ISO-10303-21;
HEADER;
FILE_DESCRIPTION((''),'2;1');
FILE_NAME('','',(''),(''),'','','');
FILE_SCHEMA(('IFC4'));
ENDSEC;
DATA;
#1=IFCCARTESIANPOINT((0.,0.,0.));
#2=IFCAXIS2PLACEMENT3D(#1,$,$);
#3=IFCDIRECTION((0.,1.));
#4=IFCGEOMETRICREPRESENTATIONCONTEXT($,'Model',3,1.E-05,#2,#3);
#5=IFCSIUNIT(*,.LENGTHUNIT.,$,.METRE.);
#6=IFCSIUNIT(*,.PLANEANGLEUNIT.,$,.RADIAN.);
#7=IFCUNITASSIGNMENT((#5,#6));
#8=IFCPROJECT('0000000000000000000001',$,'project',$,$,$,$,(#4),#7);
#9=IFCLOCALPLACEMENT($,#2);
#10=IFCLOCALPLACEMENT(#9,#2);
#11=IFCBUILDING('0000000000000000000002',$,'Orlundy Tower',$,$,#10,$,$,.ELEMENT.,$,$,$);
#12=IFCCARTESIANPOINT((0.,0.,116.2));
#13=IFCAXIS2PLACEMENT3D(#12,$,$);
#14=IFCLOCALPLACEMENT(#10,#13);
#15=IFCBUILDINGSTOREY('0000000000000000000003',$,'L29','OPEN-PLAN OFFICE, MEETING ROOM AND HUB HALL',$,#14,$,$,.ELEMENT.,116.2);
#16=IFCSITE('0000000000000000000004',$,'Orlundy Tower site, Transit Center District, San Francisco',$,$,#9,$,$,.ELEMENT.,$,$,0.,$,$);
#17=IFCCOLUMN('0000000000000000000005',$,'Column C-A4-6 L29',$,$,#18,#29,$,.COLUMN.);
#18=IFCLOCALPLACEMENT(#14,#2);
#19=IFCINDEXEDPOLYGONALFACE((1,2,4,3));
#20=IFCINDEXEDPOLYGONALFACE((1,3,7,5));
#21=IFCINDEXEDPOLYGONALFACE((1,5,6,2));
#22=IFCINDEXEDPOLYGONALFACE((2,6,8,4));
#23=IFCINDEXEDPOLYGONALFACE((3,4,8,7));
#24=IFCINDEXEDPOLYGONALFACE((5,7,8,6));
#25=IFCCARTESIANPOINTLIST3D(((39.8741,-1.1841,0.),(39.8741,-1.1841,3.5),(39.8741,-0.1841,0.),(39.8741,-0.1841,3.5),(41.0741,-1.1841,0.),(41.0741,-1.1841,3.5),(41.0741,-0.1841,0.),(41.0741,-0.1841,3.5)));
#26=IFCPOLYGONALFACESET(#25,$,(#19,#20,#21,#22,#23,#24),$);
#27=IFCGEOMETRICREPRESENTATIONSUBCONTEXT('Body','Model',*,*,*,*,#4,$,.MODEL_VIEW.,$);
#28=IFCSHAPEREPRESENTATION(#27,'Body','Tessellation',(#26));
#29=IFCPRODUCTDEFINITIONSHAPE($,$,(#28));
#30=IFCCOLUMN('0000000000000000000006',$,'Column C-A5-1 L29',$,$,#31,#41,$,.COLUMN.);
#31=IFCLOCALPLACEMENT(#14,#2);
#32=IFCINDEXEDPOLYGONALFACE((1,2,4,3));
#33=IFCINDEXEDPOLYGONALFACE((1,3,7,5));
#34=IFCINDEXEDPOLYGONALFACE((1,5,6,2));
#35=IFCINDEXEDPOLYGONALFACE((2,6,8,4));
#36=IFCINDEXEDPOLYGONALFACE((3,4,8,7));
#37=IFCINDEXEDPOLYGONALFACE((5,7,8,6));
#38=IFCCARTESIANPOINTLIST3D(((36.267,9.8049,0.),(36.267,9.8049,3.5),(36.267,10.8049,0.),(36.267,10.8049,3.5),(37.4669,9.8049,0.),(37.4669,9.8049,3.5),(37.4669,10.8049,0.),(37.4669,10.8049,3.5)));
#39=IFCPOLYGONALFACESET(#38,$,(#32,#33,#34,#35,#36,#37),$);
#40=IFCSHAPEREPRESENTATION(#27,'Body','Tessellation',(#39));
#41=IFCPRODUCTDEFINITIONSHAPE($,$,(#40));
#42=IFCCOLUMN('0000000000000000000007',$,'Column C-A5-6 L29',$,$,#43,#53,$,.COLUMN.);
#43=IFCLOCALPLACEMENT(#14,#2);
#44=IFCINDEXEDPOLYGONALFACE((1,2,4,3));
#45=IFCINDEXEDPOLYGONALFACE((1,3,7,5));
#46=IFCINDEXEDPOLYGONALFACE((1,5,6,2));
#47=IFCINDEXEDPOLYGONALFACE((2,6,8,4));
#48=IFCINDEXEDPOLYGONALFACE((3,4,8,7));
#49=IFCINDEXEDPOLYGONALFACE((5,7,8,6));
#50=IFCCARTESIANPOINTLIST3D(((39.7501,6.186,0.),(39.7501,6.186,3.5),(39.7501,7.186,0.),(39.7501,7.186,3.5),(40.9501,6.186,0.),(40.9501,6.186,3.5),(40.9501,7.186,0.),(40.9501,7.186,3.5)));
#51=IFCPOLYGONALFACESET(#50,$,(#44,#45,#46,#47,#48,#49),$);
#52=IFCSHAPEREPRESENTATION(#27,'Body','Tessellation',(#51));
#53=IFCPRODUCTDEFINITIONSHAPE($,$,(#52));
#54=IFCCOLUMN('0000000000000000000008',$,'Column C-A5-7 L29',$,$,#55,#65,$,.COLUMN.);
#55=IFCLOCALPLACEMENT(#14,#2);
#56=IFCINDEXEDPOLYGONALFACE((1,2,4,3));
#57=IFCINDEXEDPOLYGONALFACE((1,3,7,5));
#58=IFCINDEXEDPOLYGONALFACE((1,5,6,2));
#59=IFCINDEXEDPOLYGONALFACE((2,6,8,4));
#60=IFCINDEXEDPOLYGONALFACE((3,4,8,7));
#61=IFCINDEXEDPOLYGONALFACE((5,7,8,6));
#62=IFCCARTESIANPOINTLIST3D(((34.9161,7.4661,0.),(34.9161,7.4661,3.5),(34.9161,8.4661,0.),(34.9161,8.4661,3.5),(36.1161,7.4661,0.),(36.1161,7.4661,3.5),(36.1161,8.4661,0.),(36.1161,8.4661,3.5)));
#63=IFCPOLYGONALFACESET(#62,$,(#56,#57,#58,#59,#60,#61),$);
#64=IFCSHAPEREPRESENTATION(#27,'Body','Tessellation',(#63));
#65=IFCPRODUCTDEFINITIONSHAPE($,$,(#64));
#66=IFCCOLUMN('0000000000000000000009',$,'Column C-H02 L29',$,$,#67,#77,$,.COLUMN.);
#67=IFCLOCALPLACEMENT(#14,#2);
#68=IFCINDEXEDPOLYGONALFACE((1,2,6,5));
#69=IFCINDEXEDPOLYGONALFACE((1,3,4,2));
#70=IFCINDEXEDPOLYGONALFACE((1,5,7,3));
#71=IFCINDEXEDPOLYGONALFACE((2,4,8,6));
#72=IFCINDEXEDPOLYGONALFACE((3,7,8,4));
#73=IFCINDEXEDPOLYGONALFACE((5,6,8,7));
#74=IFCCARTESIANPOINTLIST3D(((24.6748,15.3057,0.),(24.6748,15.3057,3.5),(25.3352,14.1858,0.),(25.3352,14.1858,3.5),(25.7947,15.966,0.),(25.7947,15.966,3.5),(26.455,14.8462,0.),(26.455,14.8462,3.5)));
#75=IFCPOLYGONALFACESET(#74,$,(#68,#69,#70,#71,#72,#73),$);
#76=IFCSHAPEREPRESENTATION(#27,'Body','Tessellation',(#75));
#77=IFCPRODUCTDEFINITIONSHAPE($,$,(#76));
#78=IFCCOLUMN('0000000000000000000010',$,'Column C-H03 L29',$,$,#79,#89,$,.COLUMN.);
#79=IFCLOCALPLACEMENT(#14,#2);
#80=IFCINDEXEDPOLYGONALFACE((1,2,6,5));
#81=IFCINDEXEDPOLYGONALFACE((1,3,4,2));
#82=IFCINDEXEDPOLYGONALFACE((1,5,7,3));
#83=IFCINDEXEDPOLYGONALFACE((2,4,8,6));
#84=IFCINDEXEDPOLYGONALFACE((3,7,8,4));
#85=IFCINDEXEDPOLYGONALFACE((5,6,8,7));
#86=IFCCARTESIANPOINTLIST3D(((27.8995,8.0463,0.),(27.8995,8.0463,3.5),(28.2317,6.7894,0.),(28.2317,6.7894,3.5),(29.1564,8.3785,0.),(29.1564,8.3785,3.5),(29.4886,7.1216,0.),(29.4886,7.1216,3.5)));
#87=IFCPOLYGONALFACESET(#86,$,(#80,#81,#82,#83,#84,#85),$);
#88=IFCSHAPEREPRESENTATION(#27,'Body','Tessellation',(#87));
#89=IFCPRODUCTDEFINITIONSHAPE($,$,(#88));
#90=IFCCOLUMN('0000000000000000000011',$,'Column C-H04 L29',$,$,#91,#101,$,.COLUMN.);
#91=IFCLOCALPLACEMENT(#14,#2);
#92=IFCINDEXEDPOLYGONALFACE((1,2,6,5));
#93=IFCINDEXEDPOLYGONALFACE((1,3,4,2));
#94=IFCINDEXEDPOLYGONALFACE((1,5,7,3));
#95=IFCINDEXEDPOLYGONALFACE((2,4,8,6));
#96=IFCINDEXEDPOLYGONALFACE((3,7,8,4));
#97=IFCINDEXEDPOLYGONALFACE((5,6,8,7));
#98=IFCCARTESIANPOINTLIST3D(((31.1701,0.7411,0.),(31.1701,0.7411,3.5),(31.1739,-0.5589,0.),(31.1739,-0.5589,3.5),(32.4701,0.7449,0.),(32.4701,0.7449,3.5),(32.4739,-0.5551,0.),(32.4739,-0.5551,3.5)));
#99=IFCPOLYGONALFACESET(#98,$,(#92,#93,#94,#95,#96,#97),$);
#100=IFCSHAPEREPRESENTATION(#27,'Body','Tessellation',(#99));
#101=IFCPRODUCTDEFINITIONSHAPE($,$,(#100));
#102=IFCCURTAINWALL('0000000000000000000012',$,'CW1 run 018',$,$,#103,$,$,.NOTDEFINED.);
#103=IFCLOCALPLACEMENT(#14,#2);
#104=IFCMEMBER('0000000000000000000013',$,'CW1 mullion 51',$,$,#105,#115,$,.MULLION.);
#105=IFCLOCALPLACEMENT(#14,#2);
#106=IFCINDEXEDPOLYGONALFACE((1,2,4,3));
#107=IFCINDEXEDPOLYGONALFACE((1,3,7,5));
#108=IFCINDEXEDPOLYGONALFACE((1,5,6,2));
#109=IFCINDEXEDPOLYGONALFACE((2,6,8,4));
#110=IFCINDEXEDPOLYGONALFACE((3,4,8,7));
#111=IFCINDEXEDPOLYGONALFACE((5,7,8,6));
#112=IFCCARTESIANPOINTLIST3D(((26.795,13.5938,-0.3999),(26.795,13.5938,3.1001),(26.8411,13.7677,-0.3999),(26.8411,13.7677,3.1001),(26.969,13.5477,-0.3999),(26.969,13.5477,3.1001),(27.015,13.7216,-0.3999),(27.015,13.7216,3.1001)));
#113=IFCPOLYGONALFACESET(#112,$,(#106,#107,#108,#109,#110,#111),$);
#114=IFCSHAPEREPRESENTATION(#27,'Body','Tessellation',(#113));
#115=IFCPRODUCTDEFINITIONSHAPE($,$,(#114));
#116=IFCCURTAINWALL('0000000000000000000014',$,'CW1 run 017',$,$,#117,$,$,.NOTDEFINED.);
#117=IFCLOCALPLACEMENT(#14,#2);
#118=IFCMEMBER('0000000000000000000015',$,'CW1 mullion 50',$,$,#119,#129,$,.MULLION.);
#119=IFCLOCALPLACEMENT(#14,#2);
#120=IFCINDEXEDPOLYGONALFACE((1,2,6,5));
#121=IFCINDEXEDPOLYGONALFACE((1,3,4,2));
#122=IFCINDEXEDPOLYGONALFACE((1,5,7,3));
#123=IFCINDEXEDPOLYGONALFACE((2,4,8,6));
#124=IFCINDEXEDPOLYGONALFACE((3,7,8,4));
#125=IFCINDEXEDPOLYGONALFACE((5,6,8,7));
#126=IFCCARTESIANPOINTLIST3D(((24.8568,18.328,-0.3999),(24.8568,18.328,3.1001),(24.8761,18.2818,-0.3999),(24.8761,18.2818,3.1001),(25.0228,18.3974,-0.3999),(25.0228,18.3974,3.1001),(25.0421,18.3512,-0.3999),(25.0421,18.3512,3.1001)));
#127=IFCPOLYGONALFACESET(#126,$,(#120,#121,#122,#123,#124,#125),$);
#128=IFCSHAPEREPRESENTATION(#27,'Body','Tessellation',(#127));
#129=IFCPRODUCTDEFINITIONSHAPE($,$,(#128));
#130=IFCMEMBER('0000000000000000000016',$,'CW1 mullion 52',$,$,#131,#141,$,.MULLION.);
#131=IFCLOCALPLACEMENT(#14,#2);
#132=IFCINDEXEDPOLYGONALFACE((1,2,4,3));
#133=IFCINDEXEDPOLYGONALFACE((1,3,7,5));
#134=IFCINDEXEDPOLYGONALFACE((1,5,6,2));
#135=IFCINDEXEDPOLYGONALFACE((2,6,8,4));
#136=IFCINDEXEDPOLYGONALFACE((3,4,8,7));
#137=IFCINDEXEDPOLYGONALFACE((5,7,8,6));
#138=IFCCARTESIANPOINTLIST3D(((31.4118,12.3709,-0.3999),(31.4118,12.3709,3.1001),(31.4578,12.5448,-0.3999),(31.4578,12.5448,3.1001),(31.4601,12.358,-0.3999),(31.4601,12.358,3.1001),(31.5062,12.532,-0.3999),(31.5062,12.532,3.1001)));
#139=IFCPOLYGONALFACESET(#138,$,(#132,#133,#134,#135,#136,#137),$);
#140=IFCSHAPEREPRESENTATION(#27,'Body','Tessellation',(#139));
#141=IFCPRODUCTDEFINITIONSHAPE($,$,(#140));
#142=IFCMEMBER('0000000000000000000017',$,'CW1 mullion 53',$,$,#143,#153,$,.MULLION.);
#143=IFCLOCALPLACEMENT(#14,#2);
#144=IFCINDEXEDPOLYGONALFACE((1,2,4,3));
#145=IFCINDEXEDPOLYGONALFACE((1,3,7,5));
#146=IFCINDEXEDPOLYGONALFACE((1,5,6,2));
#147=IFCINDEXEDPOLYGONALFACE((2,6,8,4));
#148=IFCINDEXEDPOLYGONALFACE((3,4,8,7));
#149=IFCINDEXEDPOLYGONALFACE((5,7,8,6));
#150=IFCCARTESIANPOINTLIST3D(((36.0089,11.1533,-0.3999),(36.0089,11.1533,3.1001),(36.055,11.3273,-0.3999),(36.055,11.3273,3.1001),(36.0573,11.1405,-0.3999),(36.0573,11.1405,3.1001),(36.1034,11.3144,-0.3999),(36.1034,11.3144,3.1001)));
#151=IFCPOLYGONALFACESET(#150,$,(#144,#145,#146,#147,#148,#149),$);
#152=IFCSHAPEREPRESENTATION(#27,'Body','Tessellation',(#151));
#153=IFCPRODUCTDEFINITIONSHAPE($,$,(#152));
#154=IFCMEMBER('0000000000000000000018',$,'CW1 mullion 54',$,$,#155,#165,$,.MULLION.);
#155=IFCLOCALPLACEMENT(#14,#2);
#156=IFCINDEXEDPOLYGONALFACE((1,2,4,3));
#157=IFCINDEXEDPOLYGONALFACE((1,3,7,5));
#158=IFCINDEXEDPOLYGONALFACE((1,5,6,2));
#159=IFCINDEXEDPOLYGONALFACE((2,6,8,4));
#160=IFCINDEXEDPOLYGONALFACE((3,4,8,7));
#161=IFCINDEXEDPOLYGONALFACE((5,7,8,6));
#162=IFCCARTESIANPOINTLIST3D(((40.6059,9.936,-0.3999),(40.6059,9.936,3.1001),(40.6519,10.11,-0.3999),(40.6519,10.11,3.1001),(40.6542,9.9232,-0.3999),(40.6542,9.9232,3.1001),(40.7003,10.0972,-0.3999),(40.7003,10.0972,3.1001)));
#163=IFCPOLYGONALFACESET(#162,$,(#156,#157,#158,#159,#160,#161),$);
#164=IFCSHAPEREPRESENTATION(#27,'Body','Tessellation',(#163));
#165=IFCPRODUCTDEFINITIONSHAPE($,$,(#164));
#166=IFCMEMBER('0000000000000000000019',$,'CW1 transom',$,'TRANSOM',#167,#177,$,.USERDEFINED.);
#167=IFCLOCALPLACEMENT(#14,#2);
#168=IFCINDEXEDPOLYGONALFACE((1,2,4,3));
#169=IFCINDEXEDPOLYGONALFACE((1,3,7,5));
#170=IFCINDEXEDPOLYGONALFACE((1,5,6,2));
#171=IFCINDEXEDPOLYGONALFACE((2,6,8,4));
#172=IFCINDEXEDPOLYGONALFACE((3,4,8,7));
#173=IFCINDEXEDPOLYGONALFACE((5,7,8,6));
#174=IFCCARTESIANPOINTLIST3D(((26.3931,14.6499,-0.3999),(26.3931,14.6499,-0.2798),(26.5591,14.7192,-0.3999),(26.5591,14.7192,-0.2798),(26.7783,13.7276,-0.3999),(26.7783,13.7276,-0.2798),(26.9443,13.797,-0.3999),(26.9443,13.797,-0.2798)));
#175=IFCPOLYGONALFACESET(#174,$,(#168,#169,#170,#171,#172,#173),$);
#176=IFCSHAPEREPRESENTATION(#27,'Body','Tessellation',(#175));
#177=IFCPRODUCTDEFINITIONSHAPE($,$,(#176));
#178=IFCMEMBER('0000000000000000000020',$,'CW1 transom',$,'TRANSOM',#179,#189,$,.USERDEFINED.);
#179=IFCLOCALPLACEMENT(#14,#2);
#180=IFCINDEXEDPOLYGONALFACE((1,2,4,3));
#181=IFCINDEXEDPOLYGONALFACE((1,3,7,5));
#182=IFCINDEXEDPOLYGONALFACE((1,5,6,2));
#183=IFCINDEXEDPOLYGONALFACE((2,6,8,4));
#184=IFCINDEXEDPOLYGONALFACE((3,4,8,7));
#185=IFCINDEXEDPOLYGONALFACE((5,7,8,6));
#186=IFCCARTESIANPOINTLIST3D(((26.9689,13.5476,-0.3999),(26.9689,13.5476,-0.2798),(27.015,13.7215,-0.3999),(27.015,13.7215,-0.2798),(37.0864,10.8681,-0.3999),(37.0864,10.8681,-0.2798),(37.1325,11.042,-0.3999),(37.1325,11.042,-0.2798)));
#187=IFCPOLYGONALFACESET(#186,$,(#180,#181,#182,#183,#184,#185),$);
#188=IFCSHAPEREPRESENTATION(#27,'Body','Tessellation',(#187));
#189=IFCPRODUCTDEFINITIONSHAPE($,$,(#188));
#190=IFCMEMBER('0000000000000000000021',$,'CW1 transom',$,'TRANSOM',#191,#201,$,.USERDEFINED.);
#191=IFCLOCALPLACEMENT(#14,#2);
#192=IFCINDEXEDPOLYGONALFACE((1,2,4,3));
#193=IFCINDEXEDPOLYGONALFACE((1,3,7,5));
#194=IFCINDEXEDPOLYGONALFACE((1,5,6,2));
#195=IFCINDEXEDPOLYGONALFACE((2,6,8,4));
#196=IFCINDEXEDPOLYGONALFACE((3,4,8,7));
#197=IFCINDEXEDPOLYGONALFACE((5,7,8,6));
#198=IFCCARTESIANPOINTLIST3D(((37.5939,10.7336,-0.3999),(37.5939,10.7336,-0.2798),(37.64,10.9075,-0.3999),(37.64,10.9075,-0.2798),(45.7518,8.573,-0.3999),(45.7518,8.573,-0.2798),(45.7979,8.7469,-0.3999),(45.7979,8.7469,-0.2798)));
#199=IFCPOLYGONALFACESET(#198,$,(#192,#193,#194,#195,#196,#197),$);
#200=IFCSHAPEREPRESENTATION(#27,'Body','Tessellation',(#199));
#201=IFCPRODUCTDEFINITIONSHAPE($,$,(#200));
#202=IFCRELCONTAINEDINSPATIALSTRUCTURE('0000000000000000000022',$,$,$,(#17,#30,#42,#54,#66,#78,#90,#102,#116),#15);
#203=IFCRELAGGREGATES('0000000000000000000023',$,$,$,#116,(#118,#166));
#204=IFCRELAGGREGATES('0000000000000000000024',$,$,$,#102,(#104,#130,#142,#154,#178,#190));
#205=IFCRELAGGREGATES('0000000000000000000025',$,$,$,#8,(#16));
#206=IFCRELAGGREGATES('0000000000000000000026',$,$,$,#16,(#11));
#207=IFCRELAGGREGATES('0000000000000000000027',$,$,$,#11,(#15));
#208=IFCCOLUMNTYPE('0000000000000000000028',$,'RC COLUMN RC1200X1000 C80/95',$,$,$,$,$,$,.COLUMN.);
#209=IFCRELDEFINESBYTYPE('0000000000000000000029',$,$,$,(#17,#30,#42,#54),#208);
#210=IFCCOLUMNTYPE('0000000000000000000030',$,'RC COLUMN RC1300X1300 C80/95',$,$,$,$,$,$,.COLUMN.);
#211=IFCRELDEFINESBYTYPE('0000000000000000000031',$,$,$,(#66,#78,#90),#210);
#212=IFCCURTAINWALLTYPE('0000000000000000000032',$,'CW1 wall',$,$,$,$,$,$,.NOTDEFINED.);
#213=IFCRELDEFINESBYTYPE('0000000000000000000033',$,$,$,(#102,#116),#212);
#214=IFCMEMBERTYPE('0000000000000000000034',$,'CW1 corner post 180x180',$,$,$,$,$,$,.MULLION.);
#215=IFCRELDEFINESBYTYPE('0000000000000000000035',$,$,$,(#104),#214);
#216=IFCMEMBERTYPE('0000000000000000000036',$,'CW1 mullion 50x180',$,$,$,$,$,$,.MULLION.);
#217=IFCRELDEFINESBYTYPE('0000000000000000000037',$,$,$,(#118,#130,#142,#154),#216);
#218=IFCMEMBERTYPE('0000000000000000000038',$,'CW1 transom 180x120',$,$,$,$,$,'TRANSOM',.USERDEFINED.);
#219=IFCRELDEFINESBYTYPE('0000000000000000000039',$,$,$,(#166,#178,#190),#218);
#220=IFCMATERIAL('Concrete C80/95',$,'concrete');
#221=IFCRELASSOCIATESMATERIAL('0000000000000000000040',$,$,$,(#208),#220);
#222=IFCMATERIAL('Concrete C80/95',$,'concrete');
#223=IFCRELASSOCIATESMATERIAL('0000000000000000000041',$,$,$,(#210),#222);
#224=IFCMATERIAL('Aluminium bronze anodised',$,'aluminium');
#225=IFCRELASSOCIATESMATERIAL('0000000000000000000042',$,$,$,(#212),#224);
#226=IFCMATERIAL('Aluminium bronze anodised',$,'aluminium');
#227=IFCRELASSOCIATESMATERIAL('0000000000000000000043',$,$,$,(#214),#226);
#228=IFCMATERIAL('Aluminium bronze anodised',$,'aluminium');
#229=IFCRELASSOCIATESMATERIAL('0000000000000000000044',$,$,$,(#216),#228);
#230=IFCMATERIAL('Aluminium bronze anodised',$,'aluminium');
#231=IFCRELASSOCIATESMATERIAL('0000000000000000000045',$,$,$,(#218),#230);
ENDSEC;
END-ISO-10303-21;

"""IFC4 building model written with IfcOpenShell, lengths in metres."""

from ifc_helpers import new_model, si_unit, direction, frame, origin, origin_2d, place, context, subcontext, project, spatial, rectangle, extrude, material, material_profile, profile_set, type_object, element, aggregate, save


model = new_model("IFC4")

# Units and contexts
model_context = context("Model", 3, precision=1e-05, world=origin(), true_north=direction((0.0, 1.0)))
body_context = subcontext(model_context, "Body", "Model", "MODEL_VIEW")
ifc_project = project(units=[si_unit("LENGTHUNIT", "METRE"), si_unit("PLANEANGLEUNIT", "RADIAN")], contexts=[model_context])

# Site, building, storey
site_placement = place(None, origin())
site = spatial("IfcSite", under=ifc_project, at=site_placement, Name="Orlundy Tower site, Transit Center District, San Francisco", CompositionType="ELEMENT", RefElevation=0.0)
building_placement = place(site_placement, origin())
building = spatial("IfcBuilding", under=site, at=building_placement, Name="Orlundy Tower", CompositionType="ELEMENT")
storey_placement = place(building_placement, frame((0.0, 0.0, 116.2)))
storey = spatial("IfcBuildingStorey", under=building, at=storey_placement, Name="L29", Description="OPEN-PLAN OFFICE, MEETING ROOM AND HUB HALL", CompositionType="ELEMENT", Elevation=116.2)

# Columns
ifc_material_1 = material(Name="Concrete C80/95", Category="concrete")
ifc_material_profile_1 = material_profile(ifc_material_1, rectangle(XDim=1.2, YDim=1.0, at=origin_2d()), Name="RC1200X1000")
ifc_profile_set_1 = profile_set([ifc_material_profile_1], Name="Concrete C80/95")
column_type_1 = type_object("IfcColumnType", Name="RC COLUMN RC1200X1000 C80/95", PredefinedType="COLUMN", material=ifc_profile_set_1)
for number, where, z_axis, x_axis, name in (
    (1, (40.4741, -0.6841, 0.0), (0.0, 0.0, 1.0), (1.0, 0.0, 0.0), "Column C-A4-6 L29"),
    (2, (36.8669, 10.3049, 0.0), (0.0, 0.0, 1.0), (1.0, 0.0, 0.0), "Column C-A5-1 L29"),
    (3, (40.3501, 6.686, 0.0), (0.0, 0.0, 1.0), (1.0, 0.0, 0.0), "Column C-A5-6 L29"),
    (4, (35.5161, 7.9661, 0.0), (0.0, 0.0, 1.0), (1.0, 0.0, 0.0), "Column C-A5-7 L29"),
):
    element("IfcColumn", number, at=place(storey_placement, frame(where, z_axis=z_axis, x_axis=x_axis)), inside=storey, type_object=column_type_1, Name=name, PredefinedType="COLUMN", context=body_context, shape_type="SweptSolid", body=[
        extrude(rectangle(XDim=1.2, YDim=1.0, at=origin_2d()), origin(), (0.0, 0.0, 1.0), 3.5),
    ])
ifc_material_2 = material(Name="Concrete C80/95", Category="concrete")
ifc_material_profile_2 = material_profile(ifc_material_2, rectangle(XDim=1.3, YDim=1.3, at=origin_2d()), Name="RC1300X1300")
ifc_profile_set_2 = profile_set([ifc_material_profile_2], Name="Concrete C80/95")
column_type_2 = type_object("IfcColumnType", Name="RC COLUMN RC1300X1300 C80/95", PredefinedType="COLUMN", material=ifc_profile_set_2)
for number, where, z_axis, x_axis, name in (
    (5, (25.5649, 15.0759, 0.0), (0.0, 0.0, 1.0), (0.861381, 0.507959, 0.0), "Column C-H02 L29"),
    (6, (28.6941, 7.584, 0.0), (0.0, 0.0, 1.0), (0.966801, 0.25553, 0.0), "Column C-H03 L29"),
    (7, (31.822, 0.093, 0.0), (0.0, 0.0, 1.0), (0.999996, 0.002915, 0.0), "Column C-H04 L29"),
):
    element("IfcColumn", number, at=place(storey_placement, frame(where, z_axis=z_axis, x_axis=x_axis)), inside=storey, type_object=column_type_2, Name=name, PredefinedType="COLUMN", context=body_context, shape_type="SweptSolid", body=[
        extrude(rectangle(XDim=1.3, YDim=1.3, at=origin_2d()), origin(), (0.0, 0.0, 1.0), 3.5),
    ])

# Curtain walls, members
ifc_material_3 = material(Name="Aluminium bronze anodised", Category="aluminium")
curtain_wall_type = type_object("IfcCurtainWallType", Name="CW1 wall", PredefinedType="NOTDEFINED", material=ifc_material_3)
curtain_wall_1_placement = place(storey_placement, origin())
curtain_wall_1 = element("IfcCurtainWall", 8, at=curtain_wall_1_placement, inside=storey, type_object=curtain_wall_type, Name="CW1 run 018", PredefinedType="NOTDEFINED")
ifc_material_4 = material(Name="Aluminium bronze anodised", Category="aluminium")
ifc_material_profile_3 = material_profile(ifc_material_4, rectangle(XDim=0.1799, YDim=0.1799, at=origin_2d()), Name="CW1 corner post 180x180")
ifc_profile_set_3 = profile_set([ifc_material_profile_3], Name="Aluminium bronze anodised")
member_type_1 = type_object("IfcMemberType", Name="CW1 corner post 180x180", PredefinedType="MULLION", material=ifc_profile_set_3)
member_1_placement = place(storey_placement, frame((26.905, 13.6577, -0.3999), z_axis=(0.0, 0.0, 1.0), x_axis=(0.25602, 0.966672, 0.0)))
member_1 = element("IfcMember", 9, at=member_1_placement, type_object=member_type_1, Name="CW1 mullion 51", PredefinedType="MULLION", context=body_context, shape_type="SweptSolid", body=[
    extrude(rectangle(XDim=0.1799, YDim=0.1799, at=origin_2d()), origin(), (0.0, 0.0, 1.0), 3.5),
])
curtain_wall_2_placement = place(storey_placement, origin())
curtain_wall_2 = element("IfcCurtainWall", 10, at=curtain_wall_2_placement, inside=storey, type_object=curtain_wall_type, Name="CW1 run 017", PredefinedType="NOTDEFINED")
ifc_material_5 = material(Name="Aluminium bronze anodised", Category="aluminium")
ifc_material_profile_4 = material_profile(ifc_material_5, rectangle(XDim=0.1799, YDim=0.05, at=origin_2d()), Name="CW1 mullion 50x180")
ifc_profile_set_4 = profile_set([ifc_material_profile_4], Name="Aluminium bronze anodised")
member_type_2 = type_object("IfcMemberType", Name="CW1 mullion 50x180", PredefinedType="MULLION", material=ifc_profile_set_4)
member_2_placement = place(storey_placement, frame((24.9495, 18.3396, -0.3999), z_axis=(0.0, 0.0, 1.0), x_axis=(0.922759, 0.385378, 0.0)))
member_2 = element("IfcMember", 11, at=member_2_placement, type_object=member_type_2, Name="CW1 mullion 50", PredefinedType="MULLION", context=body_context, shape_type="SweptSolid", body=[
    extrude(rectangle(XDim=0.1799, YDim=0.05, at=origin_2d()), origin(), (0.0, 0.0, 1.0), 3.5),
])

# Members
member_3_placement = place(storey_placement, frame((31.459, 12.4514, -0.3999), z_axis=(0.0, 0.0, 1.0), x_axis=(0.25602, 0.966672, 0.0)))
member_3 = element("IfcMember", 12, at=member_3_placement, type_object=member_type_2, Name="CW1 mullion 52", PredefinedType="MULLION", context=body_context, shape_type="SweptSolid", body=[
    extrude(rectangle(XDim=0.1799, YDim=0.05, at=origin_2d()), origin(), (0.0, 0.0, 1.0), 3.5),
])
member_4_placement = place(storey_placement, frame((36.0562, 11.2339, -0.3999), z_axis=(0.0, 0.0, 1.0), x_axis=(0.25602, 0.966672, 0.0)))
member_4 = element("IfcMember", 13, at=member_4_placement, type_object=member_type_2, Name="CW1 mullion 53", PredefinedType="MULLION", context=body_context, shape_type="SweptSolid", body=[
    extrude(rectangle(XDim=0.1799, YDim=0.05, at=origin_2d()), origin(), (0.0, 0.0, 1.0), 3.5),
])
member_5_placement = place(storey_placement, frame((40.6531, 10.0166, -0.3999), z_axis=(0.0, 0.0, 1.0), x_axis=(0.25602, 0.966672, 0.0)))
member_5 = element("IfcMember", 14, at=member_5_placement, type_object=member_type_2, Name="CW1 mullion 54", PredefinedType="MULLION", context=body_context, shape_type="SweptSolid", body=[
    extrude(rectangle(XDim=0.1799, YDim=0.05, at=origin_2d()), origin(), (0.0, 0.0, 1.0), 3.5),
])
ifc_material_6 = material(Name="Aluminium bronze anodised", Category="aluminium")
ifc_material_profile_5 = material_profile(ifc_material_6, rectangle(XDim=0.1799, YDim=0.1201, at=origin_2d()), Name="CW1 transom 180x120")
ifc_profile_set_5 = profile_set([ifc_material_profile_5], Name="Aluminium bronze anodised")
member_type_3 = type_object("IfcMemberType", Name="CW1 transom 180x120", ElementType="TRANSOM", PredefinedType="USERDEFINED", material=ifc_profile_set_5)
member_6_placement = place(storey_placement, frame((26.4761, 14.6846, -0.3398), z_axis=(0.385413, -0.922744, 0.0), x_axis=(0.922744, 0.385413, 0.0)))
member_6 = element("IfcMember", 15, at=member_6_placement, type_object=member_type_3, Name="CW1 transom", ObjectType="TRANSOM", PredefinedType="USERDEFINED", context=body_context, shape_type="SweptSolid", body=[
    extrude(rectangle(XDim=0.1799, YDim=0.1201, at=origin_2d()), origin(), (0.0, 0.0, 1.0), 0.9995),
])
member_7_placement = place(storey_placement, frame((26.9919, 13.6345, -0.3398), z_axis=(0.966675, -0.256009, 0.0), x_axis=(0.256009, 0.966675, 0.0)))
member_7 = element("IfcMember", 16, at=member_7_placement, type_object=member_type_3, Name="CW1 transom", ObjectType="TRANSOM", PredefinedType="USERDEFINED", context=body_context, shape_type="SweptSolid", body=[
    extrude(rectangle(XDim=0.1799, YDim=0.1201, at=origin_2d()), origin(), (0.0, 0.0, 1.0), 10.4663),
])
member_8_placement = place(storey_placement, frame((37.6169, 10.8206, -0.3398), z_axis=(0.96667, -0.256024, 0.0), x_axis=(0.256024, 0.96667, 0.0)))
member_8 = element("IfcMember", 17, at=member_8_placement, type_object=member_type_3, Name="CW1 transom", ObjectType="TRANSOM", PredefinedType="USERDEFINED", context=body_context, shape_type="SweptSolid", body=[
    extrude(rectangle(XDim=0.1799, YDim=0.1201, at=origin_2d()), origin(), (0.0, 0.0, 1.0), 8.4392),
])

aggregate(curtain_wall_2, [member_2, member_6])
aggregate(curtain_wall_1, [member_1, member_3, member_4, member_5, member_7, member_8])

save(model, "model.ifc")
